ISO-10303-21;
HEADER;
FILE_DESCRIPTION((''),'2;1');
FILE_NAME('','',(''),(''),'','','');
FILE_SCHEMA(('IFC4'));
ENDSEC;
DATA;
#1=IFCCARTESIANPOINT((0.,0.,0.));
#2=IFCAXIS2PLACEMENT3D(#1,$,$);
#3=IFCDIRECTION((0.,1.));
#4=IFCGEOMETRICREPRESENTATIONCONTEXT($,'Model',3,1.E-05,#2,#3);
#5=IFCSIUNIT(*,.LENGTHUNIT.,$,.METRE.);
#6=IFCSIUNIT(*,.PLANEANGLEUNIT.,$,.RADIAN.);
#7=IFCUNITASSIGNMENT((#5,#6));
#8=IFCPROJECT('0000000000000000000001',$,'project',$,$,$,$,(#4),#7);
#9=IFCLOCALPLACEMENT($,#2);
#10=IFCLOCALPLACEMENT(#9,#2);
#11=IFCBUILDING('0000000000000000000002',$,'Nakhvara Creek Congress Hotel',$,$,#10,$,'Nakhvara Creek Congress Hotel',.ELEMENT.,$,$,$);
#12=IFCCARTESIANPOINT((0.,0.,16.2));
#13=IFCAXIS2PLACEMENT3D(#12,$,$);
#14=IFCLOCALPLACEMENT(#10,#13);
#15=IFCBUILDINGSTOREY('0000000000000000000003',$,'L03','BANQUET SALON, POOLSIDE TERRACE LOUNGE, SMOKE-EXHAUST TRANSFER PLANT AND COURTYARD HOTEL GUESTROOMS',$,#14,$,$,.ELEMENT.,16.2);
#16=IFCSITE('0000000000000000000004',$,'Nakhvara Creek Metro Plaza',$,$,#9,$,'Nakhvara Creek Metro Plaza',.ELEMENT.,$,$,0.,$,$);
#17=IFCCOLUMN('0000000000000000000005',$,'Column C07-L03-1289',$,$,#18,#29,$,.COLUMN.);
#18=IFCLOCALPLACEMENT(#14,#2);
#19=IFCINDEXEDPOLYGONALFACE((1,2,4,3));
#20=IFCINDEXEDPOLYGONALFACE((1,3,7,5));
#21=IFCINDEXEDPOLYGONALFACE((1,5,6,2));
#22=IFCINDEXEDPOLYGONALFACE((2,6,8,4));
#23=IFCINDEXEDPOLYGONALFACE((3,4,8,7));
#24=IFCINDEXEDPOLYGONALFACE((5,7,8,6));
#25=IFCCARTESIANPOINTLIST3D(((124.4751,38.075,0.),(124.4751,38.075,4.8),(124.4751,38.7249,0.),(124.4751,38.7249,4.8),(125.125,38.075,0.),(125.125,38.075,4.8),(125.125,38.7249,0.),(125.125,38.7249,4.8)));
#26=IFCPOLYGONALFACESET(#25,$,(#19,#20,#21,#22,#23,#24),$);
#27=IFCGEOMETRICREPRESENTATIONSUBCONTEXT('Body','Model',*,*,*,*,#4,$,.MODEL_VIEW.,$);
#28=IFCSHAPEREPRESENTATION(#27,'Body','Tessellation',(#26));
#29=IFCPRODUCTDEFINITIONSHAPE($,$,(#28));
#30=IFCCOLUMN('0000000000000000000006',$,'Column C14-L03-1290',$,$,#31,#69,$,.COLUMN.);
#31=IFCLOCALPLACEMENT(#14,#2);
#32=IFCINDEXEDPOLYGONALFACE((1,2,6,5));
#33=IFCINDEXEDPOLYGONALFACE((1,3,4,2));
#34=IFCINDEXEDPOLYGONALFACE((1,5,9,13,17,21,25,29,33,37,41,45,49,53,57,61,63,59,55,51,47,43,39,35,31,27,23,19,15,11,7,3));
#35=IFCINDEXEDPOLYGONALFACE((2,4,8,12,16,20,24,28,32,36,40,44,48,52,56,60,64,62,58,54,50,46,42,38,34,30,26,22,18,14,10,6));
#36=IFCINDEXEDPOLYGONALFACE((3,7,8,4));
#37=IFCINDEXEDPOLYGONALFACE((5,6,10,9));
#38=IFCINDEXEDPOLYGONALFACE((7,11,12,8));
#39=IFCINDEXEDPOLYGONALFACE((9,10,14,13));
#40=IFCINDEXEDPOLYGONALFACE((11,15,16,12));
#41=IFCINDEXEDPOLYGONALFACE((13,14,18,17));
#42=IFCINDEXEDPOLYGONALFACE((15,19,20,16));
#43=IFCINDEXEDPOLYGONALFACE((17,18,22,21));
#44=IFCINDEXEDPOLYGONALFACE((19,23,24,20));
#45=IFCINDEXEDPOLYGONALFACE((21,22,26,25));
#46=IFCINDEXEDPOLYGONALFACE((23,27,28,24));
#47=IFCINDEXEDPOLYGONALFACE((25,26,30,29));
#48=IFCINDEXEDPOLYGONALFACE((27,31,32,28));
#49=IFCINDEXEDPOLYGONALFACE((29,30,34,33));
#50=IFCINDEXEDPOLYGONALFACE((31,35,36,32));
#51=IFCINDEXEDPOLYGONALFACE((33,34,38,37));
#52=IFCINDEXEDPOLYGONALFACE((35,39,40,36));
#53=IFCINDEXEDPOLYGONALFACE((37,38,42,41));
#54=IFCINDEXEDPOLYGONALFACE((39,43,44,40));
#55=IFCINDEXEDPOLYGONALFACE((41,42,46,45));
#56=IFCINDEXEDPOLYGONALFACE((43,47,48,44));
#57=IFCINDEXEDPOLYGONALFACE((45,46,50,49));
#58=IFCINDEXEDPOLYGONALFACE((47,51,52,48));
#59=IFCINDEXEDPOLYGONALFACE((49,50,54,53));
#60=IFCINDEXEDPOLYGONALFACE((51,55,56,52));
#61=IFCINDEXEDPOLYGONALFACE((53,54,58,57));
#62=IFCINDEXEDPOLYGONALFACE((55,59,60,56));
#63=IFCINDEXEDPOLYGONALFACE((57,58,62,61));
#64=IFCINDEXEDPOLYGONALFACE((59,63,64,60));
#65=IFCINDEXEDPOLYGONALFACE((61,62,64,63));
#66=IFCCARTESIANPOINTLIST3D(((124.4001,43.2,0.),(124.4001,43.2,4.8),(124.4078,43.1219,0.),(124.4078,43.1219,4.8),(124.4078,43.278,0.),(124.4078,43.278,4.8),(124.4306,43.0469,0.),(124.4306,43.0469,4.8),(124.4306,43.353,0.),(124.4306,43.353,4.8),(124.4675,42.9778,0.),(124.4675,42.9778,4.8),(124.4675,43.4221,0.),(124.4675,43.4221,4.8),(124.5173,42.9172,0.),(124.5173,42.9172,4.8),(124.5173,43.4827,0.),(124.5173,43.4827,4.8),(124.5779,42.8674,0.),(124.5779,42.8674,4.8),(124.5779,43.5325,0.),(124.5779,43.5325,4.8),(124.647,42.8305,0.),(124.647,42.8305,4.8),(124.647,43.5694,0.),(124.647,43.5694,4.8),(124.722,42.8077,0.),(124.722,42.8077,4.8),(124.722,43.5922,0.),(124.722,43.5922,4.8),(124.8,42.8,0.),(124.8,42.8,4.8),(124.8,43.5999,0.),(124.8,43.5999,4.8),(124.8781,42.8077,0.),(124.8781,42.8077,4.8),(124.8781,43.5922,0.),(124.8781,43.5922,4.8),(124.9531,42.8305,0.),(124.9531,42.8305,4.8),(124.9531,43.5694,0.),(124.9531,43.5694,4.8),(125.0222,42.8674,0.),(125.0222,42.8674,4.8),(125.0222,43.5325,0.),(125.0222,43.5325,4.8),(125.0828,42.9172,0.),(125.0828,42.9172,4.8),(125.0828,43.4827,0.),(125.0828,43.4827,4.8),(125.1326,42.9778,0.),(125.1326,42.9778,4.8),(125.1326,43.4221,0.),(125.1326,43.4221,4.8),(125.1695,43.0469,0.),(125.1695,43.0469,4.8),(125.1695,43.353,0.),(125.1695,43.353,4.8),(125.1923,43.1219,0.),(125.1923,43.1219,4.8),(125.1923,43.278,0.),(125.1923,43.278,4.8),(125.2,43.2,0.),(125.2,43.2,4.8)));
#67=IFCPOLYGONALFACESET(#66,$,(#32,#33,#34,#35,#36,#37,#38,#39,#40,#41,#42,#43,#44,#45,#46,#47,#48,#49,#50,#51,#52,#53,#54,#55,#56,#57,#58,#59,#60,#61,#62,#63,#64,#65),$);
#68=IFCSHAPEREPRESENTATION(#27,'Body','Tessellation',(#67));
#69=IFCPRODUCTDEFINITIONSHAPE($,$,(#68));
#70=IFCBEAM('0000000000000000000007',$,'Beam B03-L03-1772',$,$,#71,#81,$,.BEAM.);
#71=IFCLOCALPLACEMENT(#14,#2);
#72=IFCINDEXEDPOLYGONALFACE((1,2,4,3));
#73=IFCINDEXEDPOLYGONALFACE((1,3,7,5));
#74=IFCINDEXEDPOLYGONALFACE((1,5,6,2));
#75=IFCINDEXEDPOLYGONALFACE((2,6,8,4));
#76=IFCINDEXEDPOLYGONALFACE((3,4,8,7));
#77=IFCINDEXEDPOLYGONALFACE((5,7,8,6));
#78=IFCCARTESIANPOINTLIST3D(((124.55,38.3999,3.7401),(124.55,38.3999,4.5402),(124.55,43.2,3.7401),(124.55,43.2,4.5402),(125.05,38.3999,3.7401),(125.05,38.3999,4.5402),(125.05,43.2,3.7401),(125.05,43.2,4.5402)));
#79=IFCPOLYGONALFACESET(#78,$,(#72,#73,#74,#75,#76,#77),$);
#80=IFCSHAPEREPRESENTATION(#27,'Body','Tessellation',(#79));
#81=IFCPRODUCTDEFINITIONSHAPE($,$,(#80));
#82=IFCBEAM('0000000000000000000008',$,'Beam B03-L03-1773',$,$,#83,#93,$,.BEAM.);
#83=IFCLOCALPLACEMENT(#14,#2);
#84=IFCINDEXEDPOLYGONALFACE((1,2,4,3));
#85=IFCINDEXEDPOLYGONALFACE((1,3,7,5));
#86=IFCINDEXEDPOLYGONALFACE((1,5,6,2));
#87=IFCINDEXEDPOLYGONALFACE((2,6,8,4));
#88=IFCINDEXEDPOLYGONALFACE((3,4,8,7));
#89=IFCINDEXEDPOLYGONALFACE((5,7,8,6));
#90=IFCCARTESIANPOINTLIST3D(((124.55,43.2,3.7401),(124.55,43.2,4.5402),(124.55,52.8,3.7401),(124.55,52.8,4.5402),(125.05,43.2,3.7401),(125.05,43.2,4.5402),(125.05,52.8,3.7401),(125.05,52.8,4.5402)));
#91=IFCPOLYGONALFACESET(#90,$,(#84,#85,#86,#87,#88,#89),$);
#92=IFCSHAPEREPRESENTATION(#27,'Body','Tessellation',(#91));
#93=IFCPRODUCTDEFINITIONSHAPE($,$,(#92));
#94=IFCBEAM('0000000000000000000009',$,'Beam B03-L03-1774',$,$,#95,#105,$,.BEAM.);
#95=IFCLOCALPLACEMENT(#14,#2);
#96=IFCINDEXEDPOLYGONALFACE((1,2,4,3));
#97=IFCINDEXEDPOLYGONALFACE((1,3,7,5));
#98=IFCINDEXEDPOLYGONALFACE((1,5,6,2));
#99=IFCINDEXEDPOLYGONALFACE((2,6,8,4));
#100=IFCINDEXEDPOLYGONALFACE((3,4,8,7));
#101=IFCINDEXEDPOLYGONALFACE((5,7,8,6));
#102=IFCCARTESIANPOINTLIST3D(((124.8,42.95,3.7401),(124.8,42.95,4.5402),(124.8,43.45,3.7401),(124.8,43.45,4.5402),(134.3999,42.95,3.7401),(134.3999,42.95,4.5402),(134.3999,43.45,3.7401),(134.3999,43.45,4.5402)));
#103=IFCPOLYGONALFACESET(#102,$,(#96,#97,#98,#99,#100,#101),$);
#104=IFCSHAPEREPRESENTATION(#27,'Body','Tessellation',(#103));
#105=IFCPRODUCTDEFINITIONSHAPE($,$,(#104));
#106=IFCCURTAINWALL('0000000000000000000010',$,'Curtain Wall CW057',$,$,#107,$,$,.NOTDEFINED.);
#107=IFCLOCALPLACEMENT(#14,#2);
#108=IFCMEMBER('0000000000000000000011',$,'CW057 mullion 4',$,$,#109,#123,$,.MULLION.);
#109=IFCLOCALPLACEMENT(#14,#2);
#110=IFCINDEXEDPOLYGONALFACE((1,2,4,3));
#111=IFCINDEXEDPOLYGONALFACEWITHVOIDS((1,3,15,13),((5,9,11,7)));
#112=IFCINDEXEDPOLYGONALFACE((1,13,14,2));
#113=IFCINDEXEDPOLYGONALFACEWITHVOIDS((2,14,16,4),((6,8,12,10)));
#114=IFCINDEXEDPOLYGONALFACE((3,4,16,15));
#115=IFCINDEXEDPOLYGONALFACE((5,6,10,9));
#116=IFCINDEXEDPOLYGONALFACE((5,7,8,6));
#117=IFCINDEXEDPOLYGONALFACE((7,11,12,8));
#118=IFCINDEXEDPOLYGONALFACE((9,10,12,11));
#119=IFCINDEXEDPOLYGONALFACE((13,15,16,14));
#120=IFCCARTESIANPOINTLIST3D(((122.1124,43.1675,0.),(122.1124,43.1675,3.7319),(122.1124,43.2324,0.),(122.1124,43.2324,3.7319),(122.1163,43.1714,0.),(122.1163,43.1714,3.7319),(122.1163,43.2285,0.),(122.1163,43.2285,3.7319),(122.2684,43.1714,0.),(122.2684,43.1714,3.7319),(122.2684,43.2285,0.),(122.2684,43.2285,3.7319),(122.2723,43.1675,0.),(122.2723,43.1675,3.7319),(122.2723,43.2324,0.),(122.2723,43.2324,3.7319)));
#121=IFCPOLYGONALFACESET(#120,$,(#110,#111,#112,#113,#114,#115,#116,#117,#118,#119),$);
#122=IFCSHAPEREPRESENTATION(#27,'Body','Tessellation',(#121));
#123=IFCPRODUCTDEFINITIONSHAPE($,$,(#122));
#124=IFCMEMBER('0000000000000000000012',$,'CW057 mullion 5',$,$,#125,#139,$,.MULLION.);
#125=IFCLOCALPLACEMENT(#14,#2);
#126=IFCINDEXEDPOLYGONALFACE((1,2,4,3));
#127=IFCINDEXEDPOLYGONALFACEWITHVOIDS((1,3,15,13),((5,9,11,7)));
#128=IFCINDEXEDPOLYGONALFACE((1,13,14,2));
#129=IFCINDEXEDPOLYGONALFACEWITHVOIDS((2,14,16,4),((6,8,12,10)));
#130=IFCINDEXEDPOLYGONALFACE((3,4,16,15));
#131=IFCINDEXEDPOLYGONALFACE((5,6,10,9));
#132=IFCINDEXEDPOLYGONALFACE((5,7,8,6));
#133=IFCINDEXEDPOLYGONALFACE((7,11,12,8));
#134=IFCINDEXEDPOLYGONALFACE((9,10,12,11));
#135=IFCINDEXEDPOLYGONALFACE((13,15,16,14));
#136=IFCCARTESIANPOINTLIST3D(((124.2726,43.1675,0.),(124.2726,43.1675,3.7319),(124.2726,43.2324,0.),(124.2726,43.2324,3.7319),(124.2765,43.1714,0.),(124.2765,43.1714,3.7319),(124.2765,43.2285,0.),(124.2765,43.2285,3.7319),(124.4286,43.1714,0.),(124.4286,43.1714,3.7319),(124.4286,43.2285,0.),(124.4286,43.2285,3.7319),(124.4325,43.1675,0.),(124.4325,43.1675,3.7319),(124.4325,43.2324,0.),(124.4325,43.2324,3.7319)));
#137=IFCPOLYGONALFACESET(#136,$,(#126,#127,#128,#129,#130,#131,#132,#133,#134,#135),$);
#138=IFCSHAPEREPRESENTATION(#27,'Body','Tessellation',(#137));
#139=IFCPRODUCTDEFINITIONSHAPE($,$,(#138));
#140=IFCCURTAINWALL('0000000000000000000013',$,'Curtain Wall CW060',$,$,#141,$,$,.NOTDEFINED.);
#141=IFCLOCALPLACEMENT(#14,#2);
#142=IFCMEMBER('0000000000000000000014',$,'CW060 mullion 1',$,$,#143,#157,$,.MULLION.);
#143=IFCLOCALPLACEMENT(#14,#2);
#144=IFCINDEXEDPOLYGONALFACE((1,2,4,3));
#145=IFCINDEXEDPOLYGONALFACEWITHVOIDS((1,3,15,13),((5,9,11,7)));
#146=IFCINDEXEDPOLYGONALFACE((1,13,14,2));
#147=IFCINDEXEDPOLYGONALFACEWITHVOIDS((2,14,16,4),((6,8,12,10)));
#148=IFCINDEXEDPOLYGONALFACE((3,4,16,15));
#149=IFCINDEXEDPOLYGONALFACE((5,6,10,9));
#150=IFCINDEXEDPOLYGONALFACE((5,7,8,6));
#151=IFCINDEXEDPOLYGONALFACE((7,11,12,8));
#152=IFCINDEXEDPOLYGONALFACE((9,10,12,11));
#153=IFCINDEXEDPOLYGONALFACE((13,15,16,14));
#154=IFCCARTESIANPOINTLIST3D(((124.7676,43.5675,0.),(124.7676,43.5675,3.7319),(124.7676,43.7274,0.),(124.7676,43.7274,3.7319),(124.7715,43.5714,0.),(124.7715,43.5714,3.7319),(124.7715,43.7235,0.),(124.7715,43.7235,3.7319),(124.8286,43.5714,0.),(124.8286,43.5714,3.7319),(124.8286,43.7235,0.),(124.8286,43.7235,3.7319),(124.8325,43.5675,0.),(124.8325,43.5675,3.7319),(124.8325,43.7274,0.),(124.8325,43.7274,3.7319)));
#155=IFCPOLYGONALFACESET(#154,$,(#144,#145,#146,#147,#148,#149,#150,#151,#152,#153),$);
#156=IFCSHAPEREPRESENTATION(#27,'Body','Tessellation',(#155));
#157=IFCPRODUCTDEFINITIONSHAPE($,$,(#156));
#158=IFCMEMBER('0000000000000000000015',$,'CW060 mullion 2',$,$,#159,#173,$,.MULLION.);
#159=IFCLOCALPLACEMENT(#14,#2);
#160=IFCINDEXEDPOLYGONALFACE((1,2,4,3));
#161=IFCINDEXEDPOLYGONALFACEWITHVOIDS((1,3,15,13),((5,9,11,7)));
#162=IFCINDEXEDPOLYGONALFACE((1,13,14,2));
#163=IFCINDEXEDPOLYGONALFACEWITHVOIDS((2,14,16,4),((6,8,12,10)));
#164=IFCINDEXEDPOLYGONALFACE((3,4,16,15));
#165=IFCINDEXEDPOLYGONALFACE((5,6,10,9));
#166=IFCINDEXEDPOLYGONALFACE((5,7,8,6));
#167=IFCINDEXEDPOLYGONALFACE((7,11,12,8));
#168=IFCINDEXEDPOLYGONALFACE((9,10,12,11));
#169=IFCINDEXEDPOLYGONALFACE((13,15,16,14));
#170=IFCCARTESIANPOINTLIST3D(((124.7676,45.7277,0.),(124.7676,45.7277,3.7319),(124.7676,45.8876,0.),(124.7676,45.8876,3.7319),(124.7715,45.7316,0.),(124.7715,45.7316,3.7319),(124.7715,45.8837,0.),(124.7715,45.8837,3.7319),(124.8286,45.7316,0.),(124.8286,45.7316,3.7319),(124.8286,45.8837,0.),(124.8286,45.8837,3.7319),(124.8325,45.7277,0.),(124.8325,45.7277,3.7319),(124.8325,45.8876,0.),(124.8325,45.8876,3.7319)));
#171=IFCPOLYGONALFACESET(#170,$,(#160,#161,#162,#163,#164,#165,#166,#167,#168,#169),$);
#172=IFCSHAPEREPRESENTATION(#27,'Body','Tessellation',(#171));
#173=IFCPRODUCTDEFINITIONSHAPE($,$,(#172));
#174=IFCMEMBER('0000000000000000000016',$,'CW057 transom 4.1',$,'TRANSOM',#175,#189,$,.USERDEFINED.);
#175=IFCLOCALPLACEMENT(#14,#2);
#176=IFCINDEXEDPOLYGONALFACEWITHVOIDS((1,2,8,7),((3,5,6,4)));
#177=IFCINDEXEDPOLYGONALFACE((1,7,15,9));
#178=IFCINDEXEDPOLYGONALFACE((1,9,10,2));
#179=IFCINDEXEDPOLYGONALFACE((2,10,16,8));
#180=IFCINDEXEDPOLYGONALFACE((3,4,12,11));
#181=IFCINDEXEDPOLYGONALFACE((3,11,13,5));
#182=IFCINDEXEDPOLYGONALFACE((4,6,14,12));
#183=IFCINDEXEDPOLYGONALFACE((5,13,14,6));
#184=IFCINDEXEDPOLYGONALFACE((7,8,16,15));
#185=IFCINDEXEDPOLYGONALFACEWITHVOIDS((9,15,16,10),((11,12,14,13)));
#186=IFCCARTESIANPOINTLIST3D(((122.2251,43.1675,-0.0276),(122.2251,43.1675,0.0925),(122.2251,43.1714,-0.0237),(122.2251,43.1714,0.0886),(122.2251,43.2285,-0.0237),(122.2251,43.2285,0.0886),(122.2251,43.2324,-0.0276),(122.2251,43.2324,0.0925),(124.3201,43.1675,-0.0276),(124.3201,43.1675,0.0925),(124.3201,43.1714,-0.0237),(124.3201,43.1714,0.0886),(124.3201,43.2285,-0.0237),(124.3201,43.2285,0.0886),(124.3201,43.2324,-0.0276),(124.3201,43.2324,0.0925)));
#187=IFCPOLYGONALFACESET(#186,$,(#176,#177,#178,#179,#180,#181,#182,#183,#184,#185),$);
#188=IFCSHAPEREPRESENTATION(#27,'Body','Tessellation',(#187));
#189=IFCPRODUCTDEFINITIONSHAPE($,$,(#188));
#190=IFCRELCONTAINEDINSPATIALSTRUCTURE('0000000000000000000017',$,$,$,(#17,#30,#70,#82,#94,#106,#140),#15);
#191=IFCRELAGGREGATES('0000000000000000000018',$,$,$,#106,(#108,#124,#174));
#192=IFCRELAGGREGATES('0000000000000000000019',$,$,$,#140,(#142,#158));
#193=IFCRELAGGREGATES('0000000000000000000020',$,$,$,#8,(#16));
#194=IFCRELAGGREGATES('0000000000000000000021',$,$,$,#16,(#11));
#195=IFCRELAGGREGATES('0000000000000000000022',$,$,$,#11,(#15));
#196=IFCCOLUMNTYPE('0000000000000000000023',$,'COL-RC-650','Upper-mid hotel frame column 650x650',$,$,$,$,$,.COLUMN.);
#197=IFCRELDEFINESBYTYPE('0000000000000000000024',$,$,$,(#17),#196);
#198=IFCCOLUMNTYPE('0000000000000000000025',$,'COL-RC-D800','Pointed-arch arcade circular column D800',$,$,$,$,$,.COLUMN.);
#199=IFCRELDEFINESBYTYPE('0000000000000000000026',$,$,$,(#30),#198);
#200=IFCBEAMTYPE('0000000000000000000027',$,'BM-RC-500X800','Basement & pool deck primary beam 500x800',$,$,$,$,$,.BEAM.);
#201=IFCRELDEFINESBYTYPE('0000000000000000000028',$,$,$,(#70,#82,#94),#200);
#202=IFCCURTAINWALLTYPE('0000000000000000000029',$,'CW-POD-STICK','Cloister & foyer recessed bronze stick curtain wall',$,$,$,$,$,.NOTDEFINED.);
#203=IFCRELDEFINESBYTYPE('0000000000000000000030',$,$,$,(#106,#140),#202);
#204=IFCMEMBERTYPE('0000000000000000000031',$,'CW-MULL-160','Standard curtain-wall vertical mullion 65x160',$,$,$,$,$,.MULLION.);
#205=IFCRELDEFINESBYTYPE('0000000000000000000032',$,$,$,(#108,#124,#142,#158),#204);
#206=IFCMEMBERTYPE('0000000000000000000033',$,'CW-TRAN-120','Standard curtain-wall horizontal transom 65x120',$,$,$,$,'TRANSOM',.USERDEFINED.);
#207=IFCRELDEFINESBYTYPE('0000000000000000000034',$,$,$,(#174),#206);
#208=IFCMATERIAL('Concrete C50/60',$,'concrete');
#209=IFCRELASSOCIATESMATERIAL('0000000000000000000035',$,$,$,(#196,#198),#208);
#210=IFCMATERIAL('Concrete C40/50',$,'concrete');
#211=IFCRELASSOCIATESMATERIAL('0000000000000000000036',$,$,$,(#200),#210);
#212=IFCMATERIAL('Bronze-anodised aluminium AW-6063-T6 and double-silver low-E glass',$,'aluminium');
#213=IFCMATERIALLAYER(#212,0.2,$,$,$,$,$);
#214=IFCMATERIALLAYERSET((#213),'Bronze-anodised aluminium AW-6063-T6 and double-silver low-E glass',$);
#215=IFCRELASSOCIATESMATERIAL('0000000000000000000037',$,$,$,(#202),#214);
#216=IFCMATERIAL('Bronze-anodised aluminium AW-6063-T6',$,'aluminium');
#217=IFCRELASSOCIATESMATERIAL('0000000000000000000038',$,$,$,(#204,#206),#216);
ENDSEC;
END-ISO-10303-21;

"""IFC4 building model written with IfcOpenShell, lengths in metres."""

from ifc_helpers import new_model, si_unit, direction, frame, origin, origin_2d, place, context, subcontext, project, spatial, rectangle, hollow_rectangle, circle, extrude, material, layer, layer_set, material_profile, profile_set, type_object, element, aggregate, save


model = new_model("IFC4")

# Units and contexts
model_context = context("Model", 3, precision=1e-05, world=origin(), true_north=direction((0.0, 1.0)))
body_context = subcontext(model_context, "Body", "Model", "MODEL_VIEW")
ifc_project = project(units=[si_unit("LENGTHUNIT", "METRE"), si_unit("PLANEANGLEUNIT", "RADIAN")], contexts=[model_context])

# Site, building, storey
site_placement = place(None, origin())
site = spatial("IfcSite", under=ifc_project, at=site_placement, Name="Nakhvara Creek Metro Plaza", LongName="Nakhvara Creek Metro Plaza", CompositionType="ELEMENT", RefElevation=0.0)
building_placement = place(site_placement, origin())
building = spatial("IfcBuilding", under=site, at=building_placement, Name="Nakhvara Creek Congress Hotel", LongName="Nakhvara Creek Congress Hotel", CompositionType="ELEMENT")
storey_placement = place(building_placement, frame((0.0, 0.0, 16.2)))
storey = spatial("IfcBuildingStorey", under=building, at=storey_placement, Name="L03", Description="BANQUET SALON, POOLSIDE TERRACE LOUNGE, SMOKE-EXHAUST TRANSFER PLANT AND COURTYARD HOTEL GUESTROOMS", CompositionType="ELEMENT", Elevation=16.2)

# Columns
ifc_material_1 = material(Name="Concrete C50/60", Category="concrete")
ifc_material_profile_1 = material_profile(ifc_material_1, rectangle(XDim=0.6499, YDim=0.6499, at=origin_2d()), Name="RC-COL 650x650", Category="LoadBearing")
ifc_profile_set_1 = profile_set([ifc_material_profile_1], Name="Concrete C50/60")
column_type_1 = type_object("IfcColumnType", Name="COL-RC-650", Description="Upper-mid hotel frame column 650x650", PredefinedType="COLUMN", material=ifc_profile_set_1)
column_1_placement = place(storey_placement, frame((124.8, 38.3999, 0.0), z_axis=(0.0, 0.0, 1.0), x_axis=(1.0, 0.0, 0.0)))
element("IfcColumn", 1, at=column_1_placement, inside=storey, type_object=column_type_1, Name="Column C07-L03-1289", PredefinedType="COLUMN", context=body_context, shape_type="SweptSolid", body=[
    extrude(rectangle(XDim=0.6499, YDim=0.6499, at=origin_2d()), origin(), (0.0, 0.0, 1.0), 4.8),
])
ifc_material_profile_2 = material_profile(ifc_material_1, circle(Radius=0.3999, at=origin_2d()), Name="RC-COL D800", Category="LoadBearing")
ifc_profile_set_2 = profile_set([ifc_material_profile_2], Name="Concrete C50/60")
column_type_2 = type_object("IfcColumnType", Name="COL-RC-D800", Description="Pointed-arch arcade circular column D800", PredefinedType="COLUMN", material=ifc_profile_set_2)
column_2_placement = place(storey_placement, frame((124.8, 43.2, 0.0), z_axis=(0.0, 0.0, 1.0), x_axis=(1.0, 0.0, 0.0)))
element("IfcColumn", 2, at=column_2_placement, inside=storey, type_object=column_type_2, Name="Column C14-L03-1290", PredefinedType="COLUMN", context=body_context, shape_type="SweptSolid", body=[
    extrude(circle(Radius=0.3999, at=origin_2d()), origin(), (0.0, 0.0, 1.0), 4.8),
])

# Beams
ifc_material_2 = material(Name="Concrete C40/50", Category="concrete")
ifc_material_profile_3 = material_profile(ifc_material_2, rectangle(XDim=0.5, YDim=0.8, at=origin_2d()), Name="RC-BM 500x800", Category="LoadBearing")
ifc_profile_set_3 = profile_set([ifc_material_profile_3], Name="Concrete C40/50")
beam_type = type_object("IfcBeamType", Name="BM-RC-500X800", Description="Basement & pool deck primary beam 500x800", PredefinedType="BEAM", material=ifc_profile_set_3)
beam_1_placement = place(storey_placement, frame((124.8, 38.3999, 4.1401), z_axis=(0.0, 1.0, 0.0), x_axis=(-1.0, 0.0, 0.0)))
element("IfcBeam", 3, at=beam_1_placement, inside=storey, type_object=beam_type, Name="Beam B03-L03-1772", PredefinedType="BEAM", context=body_context, shape_type="SweptSolid", body=[
    extrude(rectangle(XDim=0.5, YDim=0.8, at=origin_2d()), origin(), (0.0, 0.0, 1.0), 4.8),
])
beam_2_placement = place(storey_placement, frame((124.8, 43.2, 4.1401), z_axis=(0.0, 1.0, 0.0), x_axis=(-1.0, 0.0, 0.0)))
element("IfcBeam", 4, at=beam_2_placement, inside=storey, type_object=beam_type, Name="Beam B03-L03-1773", PredefinedType="BEAM", context=body_context, shape_type="SweptSolid", body=[
    extrude(rectangle(XDim=0.5, YDim=0.8, at=origin_2d()), origin(), (0.0, 0.0, 1.0), 9.6001),
])
beam_3_placement = place(storey_placement, frame((124.8, 43.2, 4.1401), z_axis=(1.0, 0.0, 0.0), x_axis=(0.0, 1.0, 0.0)))
element("IfcBeam", 5, at=beam_3_placement, inside=storey, type_object=beam_type, Name="Beam B03-L03-1774", PredefinedType="BEAM", context=body_context, shape_type="SweptSolid", body=[
    extrude(rectangle(XDim=0.5, YDim=0.8, at=origin_2d()), origin(), (0.0, 0.0, 1.0), 9.5999),
])

# Curtain walls, members
ifc_material_3 = material(Name="Bronze-anodised aluminium AW-6063-T6 and double-silver low-E glass", Category="aluminium")
ifc_layer = layer(ifc_material_3, 0.2)
ifc_layer_set = layer_set([ifc_layer], Name="Bronze-anodised aluminium AW-6063-T6 and double-silver low-E glass")
curtain_wall_type = type_object("IfcCurtainWallType", Name="CW-POD-STICK", Description="Cloister & foyer recessed bronze stick curtain wall", PredefinedType="NOTDEFINED", material=ifc_layer_set)
curtain_wall_1_placement = place(storey_placement, origin())
curtain_wall_1 = element("IfcCurtainWall", 6, at=curtain_wall_1_placement, inside=storey, type_object=curtain_wall_type, Name="Curtain Wall CW057", PredefinedType="NOTDEFINED")
ifc_material_4 = material(Name="Bronze-anodised aluminium AW-6063-T6", Category="aluminium")
ifc_material_profile_4 = material_profile(ifc_material_4, hollow_rectangle(XDim=0.0649, YDim=0.1599, WallThickness=0.0039, at=origin_2d()), Name="ALU-MULL 65x160x4", Category="LoadBearing")
ifc_profile_set_4 = profile_set([ifc_material_profile_4], Name="Bronze-anodised aluminium AW-6063-T6")
member_type_1 = type_object("IfcMemberType", Name="CW-MULL-160", Description="Standard curtain-wall vertical mullion 65x160", PredefinedType="MULLION", material=ifc_profile_set_4)
member_1_placement = place(storey_placement, frame((122.1924, 43.2, 0.0), z_axis=(0.0, 0.0, 1.0), x_axis=(0.0, 1.0, 0.0)))
member_1 = element("IfcMember", 7, at=member_1_placement, type_object=member_type_1, Name="CW057 mullion 4", PredefinedType="MULLION", context=body_context, shape_type="SweptSolid", body=[
    extrude(hollow_rectangle(XDim=0.0649, YDim=0.1599, WallThickness=0.0039, at=origin_2d()), origin(), (0.0, 0.0, 1.0), 3.7319),
])
member_2_placement = place(storey_placement, frame((124.3525, 43.2, 0.0), z_axis=(0.0, 0.0, 1.0), x_axis=(0.0, 1.0, 0.0)))
member_2 = element("IfcMember", 8, at=member_2_placement, type_object=member_type_1, Name="CW057 mullion 5", PredefinedType="MULLION", context=body_context, shape_type="SweptSolid", body=[
    extrude(hollow_rectangle(XDim=0.0649, YDim=0.1599, WallThickness=0.0039, at=origin_2d()), origin(), (0.0, 0.0, 1.0), 3.7319),
])
curtain_wall_2_placement = place(storey_placement, origin())
curtain_wall_2 = element("IfcCurtainWall", 9, at=curtain_wall_2_placement, inside=storey, type_object=curtain_wall_type, Name="Curtain Wall CW060", PredefinedType="NOTDEFINED")
member_3_placement = place(storey_placement, frame((124.8, 43.6475, 0.0), z_axis=(0.0, 0.0, 1.0), x_axis=(-1.0, 0.0, 0.0)))
member_3 = element("IfcMember", 10, at=member_3_placement, type_object=member_type_1, Name="CW060 mullion 1", PredefinedType="MULLION", context=body_context, shape_type="SweptSolid", body=[
    extrude(hollow_rectangle(XDim=0.0649, YDim=0.1599, WallThickness=0.0039, at=origin_2d()), origin(), (0.0, 0.0, 1.0), 3.7319),
])
member_4_placement = place(storey_placement, frame((124.8, 45.8076, 0.0), z_axis=(0.0, 0.0, 1.0), x_axis=(-1.0, 0.0, 0.0)))
member_4 = element("IfcMember", 11, at=member_4_placement, type_object=member_type_1, Name="CW060 mullion 2", PredefinedType="MULLION", context=body_context, shape_type="SweptSolid", body=[
    extrude(hollow_rectangle(XDim=0.0649, YDim=0.1599, WallThickness=0.0039, at=origin_2d()), origin(), (0.0, 0.0, 1.0), 3.7319),
])

# Member
ifc_material_profile_5 = material_profile(ifc_material_4, hollow_rectangle(XDim=0.0649, YDim=0.1201, WallThickness=0.0039, at=origin_2d()), Name="ALU-TRAN 65x120x4", Category="LoadBearing")
ifc_profile_set_5 = profile_set([ifc_material_profile_5], Name="Bronze-anodised aluminium AW-6063-T6")
member_type_2 = type_object("IfcMemberType", Name="CW-TRAN-120", Description="Standard curtain-wall horizontal transom 65x120", ElementType="TRANSOM", PredefinedType="USERDEFINED", material=ifc_profile_set_5)
member_5_placement = place(storey_placement, frame((122.2251, 43.2, 0.0325), z_axis=(1.0, 0.0, 0.0), x_axis=(0.0, 1.0, 0.0)))
member_5 = element("IfcMember", 12, at=member_5_placement, type_object=member_type_2, Name="CW057 transom 4.1", ObjectType="TRANSOM", PredefinedType="USERDEFINED", context=body_context, shape_type="SweptSolid", body=[
    extrude(hollow_rectangle(XDim=0.0649, YDim=0.1201, WallThickness=0.0039, at=origin_2d()), origin(), (0.0, 0.0, 1.0), 2.095),
])

aggregate(curtain_wall_1, [member_1, member_2, member_5])
aggregate(curtain_wall_2, [member_3, member_4])

save(model, "model.ifc")
